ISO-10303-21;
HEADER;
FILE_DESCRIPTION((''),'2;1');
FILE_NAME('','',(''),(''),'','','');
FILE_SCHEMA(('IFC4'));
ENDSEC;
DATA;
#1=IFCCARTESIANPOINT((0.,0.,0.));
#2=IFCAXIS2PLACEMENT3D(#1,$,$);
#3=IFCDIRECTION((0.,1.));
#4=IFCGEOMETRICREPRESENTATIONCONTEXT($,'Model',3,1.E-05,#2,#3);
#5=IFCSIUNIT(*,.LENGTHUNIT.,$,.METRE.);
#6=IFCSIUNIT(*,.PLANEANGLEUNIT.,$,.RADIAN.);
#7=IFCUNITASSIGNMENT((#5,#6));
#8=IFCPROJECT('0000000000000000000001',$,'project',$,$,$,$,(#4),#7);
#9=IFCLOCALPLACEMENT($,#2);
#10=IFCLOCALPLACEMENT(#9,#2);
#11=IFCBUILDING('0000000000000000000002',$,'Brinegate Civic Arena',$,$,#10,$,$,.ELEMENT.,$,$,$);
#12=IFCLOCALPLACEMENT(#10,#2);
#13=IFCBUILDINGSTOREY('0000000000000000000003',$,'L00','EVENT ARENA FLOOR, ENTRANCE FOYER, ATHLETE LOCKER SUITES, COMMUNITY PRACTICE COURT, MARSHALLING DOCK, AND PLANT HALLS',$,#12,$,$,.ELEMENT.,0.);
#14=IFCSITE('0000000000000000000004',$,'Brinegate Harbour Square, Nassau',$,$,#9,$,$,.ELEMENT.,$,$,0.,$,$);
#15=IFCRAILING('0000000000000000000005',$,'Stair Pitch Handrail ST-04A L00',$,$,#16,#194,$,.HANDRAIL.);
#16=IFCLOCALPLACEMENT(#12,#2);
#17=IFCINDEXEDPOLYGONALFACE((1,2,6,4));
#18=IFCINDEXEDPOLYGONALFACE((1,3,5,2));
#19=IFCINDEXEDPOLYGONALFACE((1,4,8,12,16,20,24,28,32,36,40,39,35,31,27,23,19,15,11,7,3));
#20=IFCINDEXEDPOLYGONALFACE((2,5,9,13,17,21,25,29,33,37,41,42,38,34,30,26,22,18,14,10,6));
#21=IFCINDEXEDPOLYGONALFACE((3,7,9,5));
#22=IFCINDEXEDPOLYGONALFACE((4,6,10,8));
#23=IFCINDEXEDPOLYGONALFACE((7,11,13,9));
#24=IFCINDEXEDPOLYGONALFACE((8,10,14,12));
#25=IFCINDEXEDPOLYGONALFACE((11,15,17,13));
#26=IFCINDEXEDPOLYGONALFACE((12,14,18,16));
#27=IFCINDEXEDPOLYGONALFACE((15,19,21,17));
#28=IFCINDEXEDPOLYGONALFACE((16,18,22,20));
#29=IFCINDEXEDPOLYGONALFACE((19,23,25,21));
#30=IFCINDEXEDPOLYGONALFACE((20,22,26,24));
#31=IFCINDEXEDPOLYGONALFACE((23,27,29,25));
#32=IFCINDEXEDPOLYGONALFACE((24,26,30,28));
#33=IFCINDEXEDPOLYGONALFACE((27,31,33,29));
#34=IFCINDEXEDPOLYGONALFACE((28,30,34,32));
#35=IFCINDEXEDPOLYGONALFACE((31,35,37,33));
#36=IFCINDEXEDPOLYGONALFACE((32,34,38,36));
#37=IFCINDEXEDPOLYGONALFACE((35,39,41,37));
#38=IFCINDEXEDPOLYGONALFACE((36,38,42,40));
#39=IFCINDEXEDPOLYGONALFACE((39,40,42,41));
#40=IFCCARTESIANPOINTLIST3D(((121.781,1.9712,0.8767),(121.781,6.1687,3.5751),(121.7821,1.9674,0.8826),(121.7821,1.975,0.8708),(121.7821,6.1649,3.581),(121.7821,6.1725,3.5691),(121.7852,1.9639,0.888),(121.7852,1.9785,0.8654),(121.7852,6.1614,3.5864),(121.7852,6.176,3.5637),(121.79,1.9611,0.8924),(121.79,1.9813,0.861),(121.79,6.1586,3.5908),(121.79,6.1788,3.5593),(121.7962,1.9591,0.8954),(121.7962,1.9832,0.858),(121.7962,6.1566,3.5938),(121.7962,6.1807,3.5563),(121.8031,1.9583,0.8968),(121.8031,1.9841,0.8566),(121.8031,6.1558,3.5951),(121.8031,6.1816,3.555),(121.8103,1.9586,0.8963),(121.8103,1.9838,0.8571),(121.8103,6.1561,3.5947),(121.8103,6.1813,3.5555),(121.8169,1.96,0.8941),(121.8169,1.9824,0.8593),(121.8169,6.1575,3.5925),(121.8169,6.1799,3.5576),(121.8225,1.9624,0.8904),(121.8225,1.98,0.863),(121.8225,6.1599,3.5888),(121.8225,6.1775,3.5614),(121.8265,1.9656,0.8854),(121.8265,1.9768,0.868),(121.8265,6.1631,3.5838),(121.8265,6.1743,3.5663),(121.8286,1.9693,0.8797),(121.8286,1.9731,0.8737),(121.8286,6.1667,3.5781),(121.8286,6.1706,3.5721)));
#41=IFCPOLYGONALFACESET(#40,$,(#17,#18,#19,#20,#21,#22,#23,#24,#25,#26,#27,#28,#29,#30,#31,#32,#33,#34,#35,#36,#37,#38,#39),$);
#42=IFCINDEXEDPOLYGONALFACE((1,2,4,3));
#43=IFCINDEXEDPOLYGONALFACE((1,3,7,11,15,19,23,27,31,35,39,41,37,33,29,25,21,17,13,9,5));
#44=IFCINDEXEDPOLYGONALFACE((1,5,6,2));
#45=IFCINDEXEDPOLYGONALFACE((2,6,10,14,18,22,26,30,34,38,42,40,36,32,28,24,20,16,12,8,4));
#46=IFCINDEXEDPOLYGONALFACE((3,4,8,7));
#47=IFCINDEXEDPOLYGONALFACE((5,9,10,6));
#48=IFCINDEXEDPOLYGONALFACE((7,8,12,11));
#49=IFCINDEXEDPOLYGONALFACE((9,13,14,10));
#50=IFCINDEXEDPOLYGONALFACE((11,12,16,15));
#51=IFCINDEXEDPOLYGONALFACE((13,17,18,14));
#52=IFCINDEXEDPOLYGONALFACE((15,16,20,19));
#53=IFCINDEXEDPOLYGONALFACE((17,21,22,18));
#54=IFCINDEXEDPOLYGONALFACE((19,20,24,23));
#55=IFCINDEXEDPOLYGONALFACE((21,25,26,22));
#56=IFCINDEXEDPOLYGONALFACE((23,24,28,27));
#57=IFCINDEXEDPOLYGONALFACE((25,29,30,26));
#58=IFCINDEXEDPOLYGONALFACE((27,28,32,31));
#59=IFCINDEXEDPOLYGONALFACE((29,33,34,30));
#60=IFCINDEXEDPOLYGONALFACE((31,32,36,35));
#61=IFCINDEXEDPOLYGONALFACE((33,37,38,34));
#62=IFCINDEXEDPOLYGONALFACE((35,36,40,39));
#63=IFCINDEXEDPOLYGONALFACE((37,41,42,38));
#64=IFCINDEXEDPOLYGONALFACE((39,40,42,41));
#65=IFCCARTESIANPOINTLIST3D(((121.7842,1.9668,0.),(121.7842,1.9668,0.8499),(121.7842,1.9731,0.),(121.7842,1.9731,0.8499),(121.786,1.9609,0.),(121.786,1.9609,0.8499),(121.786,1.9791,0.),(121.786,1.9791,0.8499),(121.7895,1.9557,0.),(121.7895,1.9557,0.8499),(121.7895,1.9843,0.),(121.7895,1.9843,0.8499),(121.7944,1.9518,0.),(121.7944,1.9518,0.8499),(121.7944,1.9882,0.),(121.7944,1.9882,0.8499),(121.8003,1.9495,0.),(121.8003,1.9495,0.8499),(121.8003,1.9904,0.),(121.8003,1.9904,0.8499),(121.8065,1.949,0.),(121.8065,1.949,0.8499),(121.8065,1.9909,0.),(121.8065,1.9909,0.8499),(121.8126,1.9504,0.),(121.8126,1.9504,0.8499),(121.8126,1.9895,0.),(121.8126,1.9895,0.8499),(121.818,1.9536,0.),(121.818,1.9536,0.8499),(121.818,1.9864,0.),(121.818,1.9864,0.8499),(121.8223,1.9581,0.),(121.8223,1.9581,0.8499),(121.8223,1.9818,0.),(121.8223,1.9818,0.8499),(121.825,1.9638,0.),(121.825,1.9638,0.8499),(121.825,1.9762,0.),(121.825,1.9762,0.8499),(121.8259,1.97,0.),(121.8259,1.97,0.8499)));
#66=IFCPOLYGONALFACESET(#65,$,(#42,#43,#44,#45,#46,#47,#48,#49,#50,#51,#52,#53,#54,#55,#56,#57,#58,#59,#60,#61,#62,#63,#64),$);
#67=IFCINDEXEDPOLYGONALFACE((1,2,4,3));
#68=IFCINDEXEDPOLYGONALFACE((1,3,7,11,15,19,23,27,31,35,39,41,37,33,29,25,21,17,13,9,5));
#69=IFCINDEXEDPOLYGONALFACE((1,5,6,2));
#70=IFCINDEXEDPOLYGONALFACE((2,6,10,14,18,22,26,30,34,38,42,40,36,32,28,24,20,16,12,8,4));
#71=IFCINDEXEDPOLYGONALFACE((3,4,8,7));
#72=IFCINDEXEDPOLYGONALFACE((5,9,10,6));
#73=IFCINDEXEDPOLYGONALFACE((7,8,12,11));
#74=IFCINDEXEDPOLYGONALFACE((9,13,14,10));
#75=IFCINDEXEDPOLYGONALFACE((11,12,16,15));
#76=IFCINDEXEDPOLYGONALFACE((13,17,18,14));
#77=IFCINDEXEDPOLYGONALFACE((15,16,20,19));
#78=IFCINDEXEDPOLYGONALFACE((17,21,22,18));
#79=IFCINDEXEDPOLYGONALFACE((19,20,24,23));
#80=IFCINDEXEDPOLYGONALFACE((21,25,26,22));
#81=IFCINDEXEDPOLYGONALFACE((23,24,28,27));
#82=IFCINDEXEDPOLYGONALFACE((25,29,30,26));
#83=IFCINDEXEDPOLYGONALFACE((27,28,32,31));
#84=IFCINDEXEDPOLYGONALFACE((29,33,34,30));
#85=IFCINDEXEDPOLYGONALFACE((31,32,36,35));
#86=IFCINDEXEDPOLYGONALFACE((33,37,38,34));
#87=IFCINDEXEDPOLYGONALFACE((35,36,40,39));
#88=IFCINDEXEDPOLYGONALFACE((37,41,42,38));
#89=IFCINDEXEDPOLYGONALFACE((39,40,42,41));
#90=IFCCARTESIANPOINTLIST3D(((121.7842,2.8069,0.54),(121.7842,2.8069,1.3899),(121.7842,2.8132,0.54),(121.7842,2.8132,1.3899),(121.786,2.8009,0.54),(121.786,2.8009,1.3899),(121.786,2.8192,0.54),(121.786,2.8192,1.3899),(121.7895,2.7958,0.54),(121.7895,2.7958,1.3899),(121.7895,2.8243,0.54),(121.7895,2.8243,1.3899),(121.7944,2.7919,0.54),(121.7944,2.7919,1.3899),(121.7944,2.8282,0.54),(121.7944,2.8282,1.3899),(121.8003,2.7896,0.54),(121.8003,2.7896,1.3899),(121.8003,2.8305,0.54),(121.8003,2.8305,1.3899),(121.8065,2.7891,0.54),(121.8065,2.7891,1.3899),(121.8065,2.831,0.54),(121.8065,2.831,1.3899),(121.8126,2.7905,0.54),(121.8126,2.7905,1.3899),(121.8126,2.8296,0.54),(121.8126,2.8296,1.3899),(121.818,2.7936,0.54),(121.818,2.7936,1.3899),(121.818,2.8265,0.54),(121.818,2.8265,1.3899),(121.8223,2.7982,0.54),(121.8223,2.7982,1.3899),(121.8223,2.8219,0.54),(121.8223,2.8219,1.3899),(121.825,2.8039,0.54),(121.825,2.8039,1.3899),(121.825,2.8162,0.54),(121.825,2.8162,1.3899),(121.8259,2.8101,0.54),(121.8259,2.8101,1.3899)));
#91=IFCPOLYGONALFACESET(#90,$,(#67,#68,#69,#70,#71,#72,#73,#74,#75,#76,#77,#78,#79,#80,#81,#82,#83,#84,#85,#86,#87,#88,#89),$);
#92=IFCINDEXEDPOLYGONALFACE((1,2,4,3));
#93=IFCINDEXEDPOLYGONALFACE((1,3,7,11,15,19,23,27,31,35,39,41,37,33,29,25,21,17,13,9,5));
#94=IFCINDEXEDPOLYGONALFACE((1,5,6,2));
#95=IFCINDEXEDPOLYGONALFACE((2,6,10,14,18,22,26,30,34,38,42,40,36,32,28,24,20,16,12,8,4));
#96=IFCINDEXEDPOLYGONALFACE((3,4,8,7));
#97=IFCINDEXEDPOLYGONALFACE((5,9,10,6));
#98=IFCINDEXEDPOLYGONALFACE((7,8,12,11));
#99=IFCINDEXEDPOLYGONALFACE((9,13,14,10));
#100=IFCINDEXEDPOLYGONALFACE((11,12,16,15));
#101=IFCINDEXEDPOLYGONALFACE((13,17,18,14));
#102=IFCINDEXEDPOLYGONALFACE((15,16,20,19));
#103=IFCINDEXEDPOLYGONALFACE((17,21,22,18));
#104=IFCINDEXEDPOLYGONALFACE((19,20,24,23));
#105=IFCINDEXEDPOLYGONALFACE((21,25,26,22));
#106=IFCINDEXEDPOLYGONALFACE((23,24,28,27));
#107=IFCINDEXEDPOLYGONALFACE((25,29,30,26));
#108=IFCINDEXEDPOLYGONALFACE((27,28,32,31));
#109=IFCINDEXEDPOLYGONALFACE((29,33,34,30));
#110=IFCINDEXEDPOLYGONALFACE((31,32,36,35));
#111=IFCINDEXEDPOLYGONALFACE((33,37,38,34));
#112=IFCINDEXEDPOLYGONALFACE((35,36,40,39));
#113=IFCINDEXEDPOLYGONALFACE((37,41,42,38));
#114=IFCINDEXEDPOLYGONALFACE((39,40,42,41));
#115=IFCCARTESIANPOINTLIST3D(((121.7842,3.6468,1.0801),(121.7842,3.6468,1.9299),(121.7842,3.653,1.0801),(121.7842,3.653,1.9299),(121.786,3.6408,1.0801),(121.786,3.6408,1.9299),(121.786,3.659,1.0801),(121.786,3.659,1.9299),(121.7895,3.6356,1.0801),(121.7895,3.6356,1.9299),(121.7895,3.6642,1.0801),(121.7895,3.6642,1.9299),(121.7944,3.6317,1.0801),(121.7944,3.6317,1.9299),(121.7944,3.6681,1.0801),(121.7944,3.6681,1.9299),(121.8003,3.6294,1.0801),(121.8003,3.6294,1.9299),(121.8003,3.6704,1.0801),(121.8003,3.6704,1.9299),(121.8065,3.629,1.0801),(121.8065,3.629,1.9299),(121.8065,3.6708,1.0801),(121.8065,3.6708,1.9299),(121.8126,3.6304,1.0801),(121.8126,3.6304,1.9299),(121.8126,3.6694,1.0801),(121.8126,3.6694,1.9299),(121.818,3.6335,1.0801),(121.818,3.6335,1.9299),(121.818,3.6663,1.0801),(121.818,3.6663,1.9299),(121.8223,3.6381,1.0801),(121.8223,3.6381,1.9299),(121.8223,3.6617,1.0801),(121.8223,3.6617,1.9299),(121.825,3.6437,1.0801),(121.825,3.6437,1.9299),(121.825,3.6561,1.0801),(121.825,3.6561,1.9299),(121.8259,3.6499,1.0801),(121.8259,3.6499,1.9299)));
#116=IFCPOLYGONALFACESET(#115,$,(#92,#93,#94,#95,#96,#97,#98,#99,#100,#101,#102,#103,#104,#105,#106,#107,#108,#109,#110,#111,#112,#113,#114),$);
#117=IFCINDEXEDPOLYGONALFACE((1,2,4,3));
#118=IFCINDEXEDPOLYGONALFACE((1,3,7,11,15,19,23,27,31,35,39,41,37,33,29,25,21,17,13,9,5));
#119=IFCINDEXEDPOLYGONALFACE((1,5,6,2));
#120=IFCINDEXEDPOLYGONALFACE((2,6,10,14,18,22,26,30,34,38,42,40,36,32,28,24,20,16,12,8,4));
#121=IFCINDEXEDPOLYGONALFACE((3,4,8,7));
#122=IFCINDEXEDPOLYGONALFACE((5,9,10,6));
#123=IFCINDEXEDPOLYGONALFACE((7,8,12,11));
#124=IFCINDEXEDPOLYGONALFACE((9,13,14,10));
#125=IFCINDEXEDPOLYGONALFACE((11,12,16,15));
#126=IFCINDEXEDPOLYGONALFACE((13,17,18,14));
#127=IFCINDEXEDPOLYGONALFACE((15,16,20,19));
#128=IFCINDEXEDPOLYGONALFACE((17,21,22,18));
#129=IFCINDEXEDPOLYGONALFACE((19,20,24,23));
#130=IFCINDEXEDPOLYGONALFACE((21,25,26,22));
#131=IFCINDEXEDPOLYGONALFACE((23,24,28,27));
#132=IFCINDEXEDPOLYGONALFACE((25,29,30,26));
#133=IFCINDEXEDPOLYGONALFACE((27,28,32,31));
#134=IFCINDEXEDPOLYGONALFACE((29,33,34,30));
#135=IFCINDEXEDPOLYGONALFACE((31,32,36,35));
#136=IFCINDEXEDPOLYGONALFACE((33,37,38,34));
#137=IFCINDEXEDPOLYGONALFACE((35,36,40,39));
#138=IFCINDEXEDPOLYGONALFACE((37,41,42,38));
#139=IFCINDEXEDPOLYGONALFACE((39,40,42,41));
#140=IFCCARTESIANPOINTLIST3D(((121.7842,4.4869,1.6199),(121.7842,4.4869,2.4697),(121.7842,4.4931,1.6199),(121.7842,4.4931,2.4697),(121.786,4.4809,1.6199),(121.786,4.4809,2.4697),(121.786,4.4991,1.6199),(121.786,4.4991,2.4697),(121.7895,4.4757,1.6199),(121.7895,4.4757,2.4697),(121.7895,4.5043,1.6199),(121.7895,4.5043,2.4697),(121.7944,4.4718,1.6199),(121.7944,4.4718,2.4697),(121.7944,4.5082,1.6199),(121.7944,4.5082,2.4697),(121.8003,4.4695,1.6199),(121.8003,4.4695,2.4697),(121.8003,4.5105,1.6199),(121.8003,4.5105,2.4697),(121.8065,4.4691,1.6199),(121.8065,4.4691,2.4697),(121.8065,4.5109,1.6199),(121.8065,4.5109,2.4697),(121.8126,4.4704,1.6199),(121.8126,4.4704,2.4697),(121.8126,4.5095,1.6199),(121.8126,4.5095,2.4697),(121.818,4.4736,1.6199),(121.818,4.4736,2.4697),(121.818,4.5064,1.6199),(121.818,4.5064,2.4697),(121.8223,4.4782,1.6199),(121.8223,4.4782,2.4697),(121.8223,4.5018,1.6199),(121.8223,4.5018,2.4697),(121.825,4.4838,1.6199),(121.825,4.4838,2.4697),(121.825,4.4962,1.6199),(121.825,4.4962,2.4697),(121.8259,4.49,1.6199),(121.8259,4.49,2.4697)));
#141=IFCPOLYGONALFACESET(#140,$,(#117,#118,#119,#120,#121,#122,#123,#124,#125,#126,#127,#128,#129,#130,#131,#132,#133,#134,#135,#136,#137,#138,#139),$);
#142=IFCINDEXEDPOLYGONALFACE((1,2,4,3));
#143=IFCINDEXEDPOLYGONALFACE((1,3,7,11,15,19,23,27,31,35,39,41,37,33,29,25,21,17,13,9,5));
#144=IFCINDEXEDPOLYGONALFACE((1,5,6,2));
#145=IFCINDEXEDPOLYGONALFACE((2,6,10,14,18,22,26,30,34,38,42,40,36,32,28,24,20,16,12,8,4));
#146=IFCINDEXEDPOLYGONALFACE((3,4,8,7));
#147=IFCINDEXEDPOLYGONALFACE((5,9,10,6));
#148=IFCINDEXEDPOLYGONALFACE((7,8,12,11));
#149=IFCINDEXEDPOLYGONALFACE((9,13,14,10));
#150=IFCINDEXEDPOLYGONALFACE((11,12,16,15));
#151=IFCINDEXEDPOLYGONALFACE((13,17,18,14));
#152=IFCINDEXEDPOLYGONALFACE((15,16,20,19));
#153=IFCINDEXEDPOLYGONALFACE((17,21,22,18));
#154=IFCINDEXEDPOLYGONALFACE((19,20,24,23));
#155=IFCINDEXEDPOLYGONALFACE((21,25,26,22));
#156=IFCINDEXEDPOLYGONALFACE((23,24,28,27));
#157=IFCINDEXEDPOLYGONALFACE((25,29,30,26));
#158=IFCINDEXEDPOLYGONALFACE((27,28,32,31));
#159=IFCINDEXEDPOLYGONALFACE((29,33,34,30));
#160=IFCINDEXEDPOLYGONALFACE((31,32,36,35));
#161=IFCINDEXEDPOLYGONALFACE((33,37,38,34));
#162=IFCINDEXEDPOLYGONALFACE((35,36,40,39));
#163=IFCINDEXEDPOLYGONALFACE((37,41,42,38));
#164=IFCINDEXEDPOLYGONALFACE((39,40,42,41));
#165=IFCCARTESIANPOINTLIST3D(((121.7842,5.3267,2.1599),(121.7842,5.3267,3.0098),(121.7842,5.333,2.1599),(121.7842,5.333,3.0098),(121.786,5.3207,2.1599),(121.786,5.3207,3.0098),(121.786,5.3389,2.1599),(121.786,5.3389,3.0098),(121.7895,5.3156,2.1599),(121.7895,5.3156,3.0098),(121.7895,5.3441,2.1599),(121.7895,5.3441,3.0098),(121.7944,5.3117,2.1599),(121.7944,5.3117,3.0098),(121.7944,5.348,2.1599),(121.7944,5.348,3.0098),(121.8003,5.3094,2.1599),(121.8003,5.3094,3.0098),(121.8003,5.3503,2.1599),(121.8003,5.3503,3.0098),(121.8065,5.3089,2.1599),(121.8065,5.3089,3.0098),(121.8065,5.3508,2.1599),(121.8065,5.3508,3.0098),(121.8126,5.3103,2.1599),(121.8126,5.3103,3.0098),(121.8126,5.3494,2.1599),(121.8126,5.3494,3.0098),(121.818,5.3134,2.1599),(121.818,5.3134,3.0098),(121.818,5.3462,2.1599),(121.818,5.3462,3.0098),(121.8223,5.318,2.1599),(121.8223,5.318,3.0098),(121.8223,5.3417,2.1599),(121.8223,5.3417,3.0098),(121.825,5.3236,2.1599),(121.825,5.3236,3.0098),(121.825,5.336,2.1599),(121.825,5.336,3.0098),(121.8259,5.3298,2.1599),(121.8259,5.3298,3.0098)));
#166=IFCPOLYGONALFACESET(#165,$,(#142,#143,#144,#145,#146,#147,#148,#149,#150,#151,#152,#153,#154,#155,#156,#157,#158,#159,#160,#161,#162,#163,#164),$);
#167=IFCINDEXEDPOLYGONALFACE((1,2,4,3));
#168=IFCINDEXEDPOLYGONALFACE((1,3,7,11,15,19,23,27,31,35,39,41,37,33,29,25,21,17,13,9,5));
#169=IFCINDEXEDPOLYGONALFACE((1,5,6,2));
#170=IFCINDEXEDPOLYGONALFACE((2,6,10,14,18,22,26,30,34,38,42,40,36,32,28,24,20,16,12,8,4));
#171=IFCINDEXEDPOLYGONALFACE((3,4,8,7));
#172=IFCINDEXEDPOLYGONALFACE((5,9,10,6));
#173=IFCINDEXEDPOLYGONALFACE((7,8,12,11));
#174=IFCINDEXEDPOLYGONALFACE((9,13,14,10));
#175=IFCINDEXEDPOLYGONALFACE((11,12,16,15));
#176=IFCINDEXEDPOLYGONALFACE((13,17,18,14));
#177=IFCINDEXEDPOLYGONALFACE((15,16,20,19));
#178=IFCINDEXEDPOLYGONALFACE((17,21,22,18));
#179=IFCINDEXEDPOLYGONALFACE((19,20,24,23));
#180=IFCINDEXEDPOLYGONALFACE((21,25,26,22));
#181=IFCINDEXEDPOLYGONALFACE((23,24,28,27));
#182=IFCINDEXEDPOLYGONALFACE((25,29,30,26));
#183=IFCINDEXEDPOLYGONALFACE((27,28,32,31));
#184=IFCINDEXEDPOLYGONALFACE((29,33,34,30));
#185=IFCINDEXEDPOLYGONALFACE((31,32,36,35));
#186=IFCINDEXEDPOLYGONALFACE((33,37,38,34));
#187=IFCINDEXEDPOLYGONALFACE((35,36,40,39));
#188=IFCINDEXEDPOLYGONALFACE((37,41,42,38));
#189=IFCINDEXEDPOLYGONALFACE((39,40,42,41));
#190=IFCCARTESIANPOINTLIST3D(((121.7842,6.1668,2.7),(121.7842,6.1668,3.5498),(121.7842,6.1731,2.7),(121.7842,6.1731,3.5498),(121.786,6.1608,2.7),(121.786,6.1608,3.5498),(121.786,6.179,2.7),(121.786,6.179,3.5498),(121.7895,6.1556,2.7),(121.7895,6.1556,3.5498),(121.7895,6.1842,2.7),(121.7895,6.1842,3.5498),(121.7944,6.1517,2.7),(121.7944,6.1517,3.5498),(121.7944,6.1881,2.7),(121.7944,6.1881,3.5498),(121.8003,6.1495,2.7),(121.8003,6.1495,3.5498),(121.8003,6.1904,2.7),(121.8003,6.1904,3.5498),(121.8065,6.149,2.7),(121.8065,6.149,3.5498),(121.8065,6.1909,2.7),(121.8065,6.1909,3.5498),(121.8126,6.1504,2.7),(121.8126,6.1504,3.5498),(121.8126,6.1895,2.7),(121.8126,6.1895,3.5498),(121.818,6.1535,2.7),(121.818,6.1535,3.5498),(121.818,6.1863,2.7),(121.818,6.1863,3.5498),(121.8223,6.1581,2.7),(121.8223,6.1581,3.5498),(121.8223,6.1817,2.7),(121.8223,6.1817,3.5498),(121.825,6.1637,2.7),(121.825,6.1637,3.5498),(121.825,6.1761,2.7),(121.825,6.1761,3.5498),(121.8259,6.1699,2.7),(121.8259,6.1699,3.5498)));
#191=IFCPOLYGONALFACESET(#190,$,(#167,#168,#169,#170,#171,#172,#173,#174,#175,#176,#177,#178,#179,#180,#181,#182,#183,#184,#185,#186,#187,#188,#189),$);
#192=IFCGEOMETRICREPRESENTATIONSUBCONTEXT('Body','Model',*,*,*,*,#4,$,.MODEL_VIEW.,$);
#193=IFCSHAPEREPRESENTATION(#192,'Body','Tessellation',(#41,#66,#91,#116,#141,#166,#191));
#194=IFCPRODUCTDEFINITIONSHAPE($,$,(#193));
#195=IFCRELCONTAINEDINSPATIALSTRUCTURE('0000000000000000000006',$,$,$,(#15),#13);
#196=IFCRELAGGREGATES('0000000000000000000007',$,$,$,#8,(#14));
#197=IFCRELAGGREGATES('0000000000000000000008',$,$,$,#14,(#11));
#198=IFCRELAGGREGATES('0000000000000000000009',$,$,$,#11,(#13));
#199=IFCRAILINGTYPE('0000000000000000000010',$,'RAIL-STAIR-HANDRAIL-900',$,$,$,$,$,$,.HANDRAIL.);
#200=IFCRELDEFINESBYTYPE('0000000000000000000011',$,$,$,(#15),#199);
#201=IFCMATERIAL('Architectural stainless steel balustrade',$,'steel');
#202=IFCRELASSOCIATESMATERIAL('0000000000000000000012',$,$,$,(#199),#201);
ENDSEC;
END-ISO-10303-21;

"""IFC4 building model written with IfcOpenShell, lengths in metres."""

from ifc_helpers import new_model, si_unit, direction, frame, origin, origin_2d, place, context, subcontext, project, spatial, circle, extrude, material, type_object, element, save


model = new_model("IFC4")

# Units and contexts
model_context = context("Model", 3, precision=1e-05, world=origin(), true_north=direction((0.0, 1.0)))
body_context = subcontext(model_context, "Body", "Model", "MODEL_VIEW")
ifc_project = project(units=[si_unit("LENGTHUNIT", "METRE"), si_unit("PLANEANGLEUNIT", "RADIAN")], contexts=[model_context])

# Site, building, storey
site_placement = place(None, origin())
site = spatial("IfcSite", under=ifc_project, at=site_placement, Name="Brinegate Harbour Square, Nassau", CompositionType="ELEMENT", RefElevation=0.0)
building_placement = place(site_placement, origin())
building = spatial("IfcBuilding", under=site, at=building_placement, Name="Brinegate Civic Arena", CompositionType="ELEMENT")
storey_placement = place(building_placement, origin())
storey = spatial("IfcBuildingStorey", under=building, at=storey_placement, Name="L00", Description="EVENT ARENA FLOOR, ENTRANCE FOYER, ATHLETE LOCKER SUITES, COMMUNITY PRACTICE COURT, MARSHALLING DOCK, AND PLANT HALLS", CompositionType="ELEMENT", Elevation=0.0)

# Railing
ifc_material_1 = material(Name="Architectural stainless steel balustrade", Category="steel")
railing_type = type_object("IfcRailingType", Name="RAIL-STAIR-HANDRAIL-900", PredefinedType="HANDRAIL", material=ifc_material_1)
for number, where, name in (
    (1, (121.8049, 1.97, 0.0), "Stair Pitch Handrail ST-04A L00"),
):
    element("IfcRailing", number, at=place(storey_placement, frame(where)), inside=storey, type_object=railing_type, Name=name, PredefinedType="HANDRAIL", context=body_context, shape_type="SweptSolid", body=[
        extrude(circle(Radius=0.0239, at=origin_2d()), frame((0.0, 0.0012, 0.8767), z_axis=(0.0, 0.84118, 0.540755), x_axis=(-1.0, 0.0, 0.0)), (0.0, 0.0, 1.0), 4.99),
        extrude(circle(Radius=0.021, at=origin_2d()), origin(), (0.0, 0.0, 1.0), 0.8499),
        extrude(circle(Radius=0.021, at=origin_2d()), frame((0.0, 0.8401, 0.54)), (0.0, 0.0, 1.0), 0.8499),
        extrude(circle(Radius=0.021, at=origin_2d()), frame((0.0, 1.6799, 1.0801)), (0.0, 0.0, 1.0), 0.8499),
        extrude(circle(Radius=0.021, at=origin_2d()), frame((0.0, 2.52, 1.6199)), (0.0, 0.0, 1.0), 0.8499),
        extrude(circle(Radius=0.021, at=origin_2d()), frame((0.0, 3.3599, 2.1599)), (0.0, 0.0, 1.0), 0.8499),
        extrude(circle(Radius=0.021, at=origin_2d()), frame((0.0, 4.2, 2.7)), (0.0, 0.0, 1.0), 0.8499),
    ])

save(model, "model.ifc")
